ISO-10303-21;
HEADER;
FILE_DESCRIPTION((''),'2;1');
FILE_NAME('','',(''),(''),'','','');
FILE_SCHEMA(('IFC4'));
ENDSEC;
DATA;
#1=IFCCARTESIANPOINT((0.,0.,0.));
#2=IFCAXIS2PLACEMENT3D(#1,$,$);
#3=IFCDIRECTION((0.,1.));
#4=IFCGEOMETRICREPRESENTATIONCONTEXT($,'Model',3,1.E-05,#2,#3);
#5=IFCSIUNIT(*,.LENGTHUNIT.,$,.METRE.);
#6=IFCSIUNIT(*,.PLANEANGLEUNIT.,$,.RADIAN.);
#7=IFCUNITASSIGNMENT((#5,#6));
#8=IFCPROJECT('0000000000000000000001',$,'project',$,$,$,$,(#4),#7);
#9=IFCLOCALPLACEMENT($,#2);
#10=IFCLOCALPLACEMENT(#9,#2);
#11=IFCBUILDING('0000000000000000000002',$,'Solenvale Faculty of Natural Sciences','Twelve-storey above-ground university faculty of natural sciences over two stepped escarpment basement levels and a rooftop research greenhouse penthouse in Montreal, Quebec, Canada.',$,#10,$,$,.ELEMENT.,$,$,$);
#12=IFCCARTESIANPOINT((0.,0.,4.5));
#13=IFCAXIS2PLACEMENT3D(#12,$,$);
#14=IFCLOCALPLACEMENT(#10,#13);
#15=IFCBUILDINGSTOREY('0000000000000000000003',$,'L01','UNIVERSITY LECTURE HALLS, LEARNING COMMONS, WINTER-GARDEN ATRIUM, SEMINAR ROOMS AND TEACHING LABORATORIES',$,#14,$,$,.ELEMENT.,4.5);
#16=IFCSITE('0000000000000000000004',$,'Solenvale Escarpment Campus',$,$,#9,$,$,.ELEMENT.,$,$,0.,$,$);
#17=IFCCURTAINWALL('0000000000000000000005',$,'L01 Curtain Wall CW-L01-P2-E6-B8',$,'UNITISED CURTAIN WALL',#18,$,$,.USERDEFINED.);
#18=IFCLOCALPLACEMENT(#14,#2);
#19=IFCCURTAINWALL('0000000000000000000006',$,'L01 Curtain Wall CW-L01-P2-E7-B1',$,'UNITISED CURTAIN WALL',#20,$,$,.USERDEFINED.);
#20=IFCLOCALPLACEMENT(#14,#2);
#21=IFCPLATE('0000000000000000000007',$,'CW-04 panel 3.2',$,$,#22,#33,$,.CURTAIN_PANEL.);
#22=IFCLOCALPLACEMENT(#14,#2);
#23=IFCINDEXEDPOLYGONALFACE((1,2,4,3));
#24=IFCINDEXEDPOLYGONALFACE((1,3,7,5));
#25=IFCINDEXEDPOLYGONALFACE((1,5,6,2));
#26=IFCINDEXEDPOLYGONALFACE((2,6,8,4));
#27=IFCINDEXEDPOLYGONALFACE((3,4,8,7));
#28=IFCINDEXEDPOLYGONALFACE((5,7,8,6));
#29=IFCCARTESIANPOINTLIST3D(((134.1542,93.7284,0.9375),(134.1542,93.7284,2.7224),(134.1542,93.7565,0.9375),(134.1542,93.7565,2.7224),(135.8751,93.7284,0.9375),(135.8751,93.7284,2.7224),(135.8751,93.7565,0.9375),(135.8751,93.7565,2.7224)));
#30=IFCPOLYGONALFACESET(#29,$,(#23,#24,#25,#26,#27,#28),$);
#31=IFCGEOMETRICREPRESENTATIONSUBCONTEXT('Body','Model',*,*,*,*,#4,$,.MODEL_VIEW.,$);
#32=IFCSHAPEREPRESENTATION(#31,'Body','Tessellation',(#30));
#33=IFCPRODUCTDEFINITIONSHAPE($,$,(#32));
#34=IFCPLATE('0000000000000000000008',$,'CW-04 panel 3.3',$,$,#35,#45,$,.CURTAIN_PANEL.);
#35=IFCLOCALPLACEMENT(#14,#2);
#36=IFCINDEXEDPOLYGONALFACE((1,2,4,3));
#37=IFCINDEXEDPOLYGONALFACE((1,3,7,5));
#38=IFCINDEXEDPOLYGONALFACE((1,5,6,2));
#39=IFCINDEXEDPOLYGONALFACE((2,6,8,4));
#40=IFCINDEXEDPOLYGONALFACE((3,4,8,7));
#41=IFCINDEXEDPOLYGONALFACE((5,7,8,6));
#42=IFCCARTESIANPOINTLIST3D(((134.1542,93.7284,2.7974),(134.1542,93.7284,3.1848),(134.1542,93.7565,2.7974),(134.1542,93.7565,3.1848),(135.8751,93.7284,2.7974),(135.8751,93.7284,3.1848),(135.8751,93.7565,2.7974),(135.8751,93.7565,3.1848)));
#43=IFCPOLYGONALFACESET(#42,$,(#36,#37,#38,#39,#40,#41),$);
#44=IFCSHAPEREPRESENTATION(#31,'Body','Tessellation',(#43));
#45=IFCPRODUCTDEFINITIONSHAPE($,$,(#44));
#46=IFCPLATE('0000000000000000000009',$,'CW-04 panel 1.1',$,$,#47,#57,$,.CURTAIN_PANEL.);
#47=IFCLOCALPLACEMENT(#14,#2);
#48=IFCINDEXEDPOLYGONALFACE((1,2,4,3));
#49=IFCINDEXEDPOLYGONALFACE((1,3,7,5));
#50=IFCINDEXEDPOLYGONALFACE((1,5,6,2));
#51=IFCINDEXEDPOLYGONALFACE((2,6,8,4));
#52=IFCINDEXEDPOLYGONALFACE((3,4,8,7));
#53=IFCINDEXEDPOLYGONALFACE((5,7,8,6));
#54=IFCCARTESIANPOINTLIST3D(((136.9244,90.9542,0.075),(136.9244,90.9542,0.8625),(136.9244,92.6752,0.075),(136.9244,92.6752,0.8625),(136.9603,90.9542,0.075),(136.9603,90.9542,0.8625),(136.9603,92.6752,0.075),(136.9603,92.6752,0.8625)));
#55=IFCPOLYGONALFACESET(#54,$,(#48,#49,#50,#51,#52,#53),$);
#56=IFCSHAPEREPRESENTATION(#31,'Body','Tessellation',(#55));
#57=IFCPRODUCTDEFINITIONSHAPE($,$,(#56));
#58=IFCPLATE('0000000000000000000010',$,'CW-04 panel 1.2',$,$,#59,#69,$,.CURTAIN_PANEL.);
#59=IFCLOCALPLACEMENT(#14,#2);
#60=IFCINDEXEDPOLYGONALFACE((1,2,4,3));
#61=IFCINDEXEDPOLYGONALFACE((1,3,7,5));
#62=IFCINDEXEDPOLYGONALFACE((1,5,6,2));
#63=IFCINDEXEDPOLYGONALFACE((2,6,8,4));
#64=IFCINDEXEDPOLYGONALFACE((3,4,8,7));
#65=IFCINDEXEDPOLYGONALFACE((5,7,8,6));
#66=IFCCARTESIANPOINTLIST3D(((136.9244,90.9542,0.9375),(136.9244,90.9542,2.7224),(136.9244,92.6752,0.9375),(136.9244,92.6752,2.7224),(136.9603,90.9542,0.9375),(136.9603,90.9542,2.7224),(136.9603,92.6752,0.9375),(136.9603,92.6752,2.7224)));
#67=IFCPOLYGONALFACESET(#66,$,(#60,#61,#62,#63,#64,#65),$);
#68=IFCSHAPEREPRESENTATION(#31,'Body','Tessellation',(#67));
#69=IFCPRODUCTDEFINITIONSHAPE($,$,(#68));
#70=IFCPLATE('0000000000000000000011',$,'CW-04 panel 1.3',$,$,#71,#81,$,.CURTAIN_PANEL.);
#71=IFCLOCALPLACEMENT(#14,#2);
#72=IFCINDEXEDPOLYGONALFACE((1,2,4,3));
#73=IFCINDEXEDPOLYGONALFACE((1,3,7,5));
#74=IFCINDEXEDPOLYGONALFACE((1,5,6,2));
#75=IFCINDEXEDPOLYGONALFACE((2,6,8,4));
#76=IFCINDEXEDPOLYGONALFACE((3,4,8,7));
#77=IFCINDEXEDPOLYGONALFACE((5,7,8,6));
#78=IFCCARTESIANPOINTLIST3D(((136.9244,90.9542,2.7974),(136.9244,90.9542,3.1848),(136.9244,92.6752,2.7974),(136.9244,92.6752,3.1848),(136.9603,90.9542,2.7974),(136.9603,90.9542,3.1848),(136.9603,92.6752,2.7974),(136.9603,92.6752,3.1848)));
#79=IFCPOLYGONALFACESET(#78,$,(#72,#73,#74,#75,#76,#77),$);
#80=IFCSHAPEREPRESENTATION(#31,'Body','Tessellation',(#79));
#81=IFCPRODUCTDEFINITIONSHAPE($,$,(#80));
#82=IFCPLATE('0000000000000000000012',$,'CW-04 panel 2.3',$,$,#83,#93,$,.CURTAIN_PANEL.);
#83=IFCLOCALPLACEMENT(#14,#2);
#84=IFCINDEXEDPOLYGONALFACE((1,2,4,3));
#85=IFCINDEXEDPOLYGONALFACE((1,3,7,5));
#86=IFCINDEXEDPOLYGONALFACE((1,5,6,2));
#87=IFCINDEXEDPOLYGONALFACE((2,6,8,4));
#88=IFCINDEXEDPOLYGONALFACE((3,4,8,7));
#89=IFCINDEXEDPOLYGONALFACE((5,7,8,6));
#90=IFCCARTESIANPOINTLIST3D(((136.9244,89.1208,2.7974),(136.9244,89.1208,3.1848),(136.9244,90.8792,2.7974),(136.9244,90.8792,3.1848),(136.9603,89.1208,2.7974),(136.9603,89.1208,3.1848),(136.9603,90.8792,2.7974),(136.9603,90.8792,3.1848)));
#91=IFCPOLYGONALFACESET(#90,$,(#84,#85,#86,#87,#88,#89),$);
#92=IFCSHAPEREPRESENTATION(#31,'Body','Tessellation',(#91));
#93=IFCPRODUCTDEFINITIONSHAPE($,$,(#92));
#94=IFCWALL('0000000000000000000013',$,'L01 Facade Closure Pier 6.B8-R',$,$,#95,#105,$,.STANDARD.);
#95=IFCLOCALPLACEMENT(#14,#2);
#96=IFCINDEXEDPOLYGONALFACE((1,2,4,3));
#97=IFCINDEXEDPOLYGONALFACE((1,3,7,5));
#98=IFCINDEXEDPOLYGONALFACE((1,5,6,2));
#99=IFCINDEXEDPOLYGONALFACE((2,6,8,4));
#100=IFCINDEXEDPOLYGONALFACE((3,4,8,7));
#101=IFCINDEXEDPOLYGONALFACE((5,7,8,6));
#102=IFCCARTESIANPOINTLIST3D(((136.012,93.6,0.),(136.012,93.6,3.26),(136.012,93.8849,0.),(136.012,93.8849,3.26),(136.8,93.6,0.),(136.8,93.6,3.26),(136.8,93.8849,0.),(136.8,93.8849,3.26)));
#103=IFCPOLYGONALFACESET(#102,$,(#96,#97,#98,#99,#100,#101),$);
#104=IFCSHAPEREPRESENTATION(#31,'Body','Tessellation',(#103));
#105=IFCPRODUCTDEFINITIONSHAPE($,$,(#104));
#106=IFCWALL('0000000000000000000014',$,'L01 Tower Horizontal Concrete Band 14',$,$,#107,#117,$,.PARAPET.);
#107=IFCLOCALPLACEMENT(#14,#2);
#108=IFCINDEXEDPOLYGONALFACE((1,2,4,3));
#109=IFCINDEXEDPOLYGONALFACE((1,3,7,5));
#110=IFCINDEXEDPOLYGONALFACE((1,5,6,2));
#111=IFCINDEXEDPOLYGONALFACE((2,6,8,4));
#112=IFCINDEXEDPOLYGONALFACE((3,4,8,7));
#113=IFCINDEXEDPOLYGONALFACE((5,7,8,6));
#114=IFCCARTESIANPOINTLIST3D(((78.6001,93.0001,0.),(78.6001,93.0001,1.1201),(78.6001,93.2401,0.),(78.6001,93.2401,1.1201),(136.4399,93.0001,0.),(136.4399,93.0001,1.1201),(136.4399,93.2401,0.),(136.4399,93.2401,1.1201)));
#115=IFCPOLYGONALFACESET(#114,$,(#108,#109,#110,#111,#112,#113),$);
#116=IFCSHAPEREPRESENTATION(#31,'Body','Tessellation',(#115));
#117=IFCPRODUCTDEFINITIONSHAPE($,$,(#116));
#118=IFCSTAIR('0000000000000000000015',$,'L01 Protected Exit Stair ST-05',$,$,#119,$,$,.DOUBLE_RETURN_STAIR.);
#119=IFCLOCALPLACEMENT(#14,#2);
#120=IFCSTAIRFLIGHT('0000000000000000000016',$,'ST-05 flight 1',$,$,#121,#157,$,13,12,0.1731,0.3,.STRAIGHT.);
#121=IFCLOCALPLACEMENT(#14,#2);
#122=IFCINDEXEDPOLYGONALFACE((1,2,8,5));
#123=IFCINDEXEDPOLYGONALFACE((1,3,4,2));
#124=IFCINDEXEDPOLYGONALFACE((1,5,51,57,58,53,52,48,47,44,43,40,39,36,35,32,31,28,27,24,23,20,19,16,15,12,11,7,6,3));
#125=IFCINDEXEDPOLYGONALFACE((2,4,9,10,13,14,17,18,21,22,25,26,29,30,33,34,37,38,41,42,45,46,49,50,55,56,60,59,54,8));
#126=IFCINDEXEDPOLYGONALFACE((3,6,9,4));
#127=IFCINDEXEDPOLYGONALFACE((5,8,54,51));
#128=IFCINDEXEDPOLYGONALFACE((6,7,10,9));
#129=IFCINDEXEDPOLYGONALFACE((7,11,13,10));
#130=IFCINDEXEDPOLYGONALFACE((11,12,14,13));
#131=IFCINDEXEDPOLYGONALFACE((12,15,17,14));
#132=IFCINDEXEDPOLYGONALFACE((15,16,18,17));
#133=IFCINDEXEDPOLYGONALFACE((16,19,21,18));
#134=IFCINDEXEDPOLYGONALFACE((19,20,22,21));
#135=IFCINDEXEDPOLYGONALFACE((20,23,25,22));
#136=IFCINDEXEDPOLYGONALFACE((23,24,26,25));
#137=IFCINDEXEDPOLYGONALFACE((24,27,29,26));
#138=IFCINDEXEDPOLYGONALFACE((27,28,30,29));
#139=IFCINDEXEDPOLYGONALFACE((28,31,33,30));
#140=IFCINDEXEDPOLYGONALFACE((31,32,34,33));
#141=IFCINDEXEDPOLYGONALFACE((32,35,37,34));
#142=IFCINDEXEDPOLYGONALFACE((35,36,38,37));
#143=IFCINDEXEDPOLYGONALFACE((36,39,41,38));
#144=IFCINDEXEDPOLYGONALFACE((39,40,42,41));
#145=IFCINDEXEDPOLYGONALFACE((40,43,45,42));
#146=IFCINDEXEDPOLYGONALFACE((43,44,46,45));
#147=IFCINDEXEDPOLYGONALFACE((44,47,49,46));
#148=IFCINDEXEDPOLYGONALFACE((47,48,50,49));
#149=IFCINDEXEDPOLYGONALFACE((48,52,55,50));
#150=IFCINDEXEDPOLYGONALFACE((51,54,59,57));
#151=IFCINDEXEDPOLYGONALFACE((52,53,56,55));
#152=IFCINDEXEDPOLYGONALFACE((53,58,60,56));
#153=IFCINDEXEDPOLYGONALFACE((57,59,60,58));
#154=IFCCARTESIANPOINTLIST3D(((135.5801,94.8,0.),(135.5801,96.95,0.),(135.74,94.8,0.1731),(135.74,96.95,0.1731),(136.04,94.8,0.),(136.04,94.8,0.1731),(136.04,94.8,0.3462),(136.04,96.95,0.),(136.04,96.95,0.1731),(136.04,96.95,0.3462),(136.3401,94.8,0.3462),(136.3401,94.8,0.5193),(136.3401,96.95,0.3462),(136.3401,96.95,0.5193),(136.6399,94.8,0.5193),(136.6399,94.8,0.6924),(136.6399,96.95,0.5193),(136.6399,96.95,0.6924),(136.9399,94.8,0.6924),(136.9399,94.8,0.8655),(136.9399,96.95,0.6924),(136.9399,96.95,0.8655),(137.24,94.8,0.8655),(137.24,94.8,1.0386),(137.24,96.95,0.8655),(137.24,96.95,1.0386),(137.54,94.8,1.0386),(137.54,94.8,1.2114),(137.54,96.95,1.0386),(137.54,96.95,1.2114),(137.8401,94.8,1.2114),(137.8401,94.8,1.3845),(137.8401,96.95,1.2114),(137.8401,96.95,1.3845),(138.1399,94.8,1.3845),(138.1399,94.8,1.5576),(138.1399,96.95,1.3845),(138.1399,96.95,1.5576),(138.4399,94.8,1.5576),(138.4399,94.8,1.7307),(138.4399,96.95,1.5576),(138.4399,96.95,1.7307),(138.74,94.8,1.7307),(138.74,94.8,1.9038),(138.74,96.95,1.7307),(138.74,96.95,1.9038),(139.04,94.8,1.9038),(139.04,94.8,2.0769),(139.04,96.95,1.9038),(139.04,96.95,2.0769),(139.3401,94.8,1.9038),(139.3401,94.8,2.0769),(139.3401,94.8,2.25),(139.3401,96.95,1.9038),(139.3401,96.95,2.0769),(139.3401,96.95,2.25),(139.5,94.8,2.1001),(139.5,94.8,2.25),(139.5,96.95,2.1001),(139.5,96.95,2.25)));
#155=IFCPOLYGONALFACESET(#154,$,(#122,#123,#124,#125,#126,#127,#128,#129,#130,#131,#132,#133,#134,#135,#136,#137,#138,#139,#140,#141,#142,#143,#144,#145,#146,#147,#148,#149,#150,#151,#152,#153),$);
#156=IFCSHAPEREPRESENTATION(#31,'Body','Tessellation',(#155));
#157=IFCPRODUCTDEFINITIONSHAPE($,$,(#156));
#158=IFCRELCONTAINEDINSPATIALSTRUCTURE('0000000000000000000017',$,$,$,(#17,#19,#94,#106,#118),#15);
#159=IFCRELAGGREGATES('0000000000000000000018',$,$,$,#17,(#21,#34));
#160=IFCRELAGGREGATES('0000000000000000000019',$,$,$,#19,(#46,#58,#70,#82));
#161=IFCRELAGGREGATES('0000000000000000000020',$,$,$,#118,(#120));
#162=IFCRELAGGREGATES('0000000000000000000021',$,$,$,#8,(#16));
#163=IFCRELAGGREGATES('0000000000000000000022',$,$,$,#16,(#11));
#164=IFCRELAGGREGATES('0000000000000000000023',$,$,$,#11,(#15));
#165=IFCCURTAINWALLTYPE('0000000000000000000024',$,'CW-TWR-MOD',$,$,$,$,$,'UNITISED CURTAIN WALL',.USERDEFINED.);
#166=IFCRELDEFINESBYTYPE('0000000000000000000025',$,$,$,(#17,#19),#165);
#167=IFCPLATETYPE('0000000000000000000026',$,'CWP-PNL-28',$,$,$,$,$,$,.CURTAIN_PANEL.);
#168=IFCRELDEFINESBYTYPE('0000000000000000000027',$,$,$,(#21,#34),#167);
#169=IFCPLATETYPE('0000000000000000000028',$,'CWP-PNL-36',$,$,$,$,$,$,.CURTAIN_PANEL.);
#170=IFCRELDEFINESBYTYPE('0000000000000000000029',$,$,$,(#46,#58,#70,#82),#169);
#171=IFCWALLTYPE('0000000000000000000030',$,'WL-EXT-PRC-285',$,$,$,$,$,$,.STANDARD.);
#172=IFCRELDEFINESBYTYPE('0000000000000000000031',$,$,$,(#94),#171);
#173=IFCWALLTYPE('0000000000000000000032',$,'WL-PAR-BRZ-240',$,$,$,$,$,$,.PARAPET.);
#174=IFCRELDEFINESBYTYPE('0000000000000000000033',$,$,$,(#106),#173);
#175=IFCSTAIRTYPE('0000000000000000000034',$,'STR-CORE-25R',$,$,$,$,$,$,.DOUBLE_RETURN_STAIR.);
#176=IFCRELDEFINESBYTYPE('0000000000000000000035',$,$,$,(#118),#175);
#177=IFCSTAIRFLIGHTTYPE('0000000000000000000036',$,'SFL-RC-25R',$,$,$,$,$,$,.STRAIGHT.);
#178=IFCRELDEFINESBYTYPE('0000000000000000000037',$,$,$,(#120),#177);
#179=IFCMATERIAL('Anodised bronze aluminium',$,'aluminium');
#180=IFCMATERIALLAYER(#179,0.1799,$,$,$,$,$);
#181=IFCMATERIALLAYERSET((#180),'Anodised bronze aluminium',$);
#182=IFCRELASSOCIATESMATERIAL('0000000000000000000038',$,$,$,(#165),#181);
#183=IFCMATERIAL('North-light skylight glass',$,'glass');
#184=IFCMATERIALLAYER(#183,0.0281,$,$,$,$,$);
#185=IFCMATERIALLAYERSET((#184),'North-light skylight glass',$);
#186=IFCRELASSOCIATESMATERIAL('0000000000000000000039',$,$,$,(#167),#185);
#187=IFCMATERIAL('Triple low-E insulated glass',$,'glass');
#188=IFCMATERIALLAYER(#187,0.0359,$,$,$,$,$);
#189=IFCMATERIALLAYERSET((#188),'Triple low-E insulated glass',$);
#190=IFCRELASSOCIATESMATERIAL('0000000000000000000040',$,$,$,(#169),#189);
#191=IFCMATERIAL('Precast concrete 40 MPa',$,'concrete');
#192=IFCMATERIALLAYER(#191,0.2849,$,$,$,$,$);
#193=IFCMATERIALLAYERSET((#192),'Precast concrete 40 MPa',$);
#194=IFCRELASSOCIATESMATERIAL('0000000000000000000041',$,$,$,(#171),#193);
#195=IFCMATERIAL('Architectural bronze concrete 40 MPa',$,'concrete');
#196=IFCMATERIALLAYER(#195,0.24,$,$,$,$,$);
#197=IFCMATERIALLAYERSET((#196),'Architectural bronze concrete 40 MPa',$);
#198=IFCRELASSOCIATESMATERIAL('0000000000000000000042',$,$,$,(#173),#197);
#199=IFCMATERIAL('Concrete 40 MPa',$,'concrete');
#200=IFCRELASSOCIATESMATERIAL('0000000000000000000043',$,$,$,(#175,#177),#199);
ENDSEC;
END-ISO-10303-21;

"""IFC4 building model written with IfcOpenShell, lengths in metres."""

from ifc_helpers import new_model, si_unit, direction, frame, frame_2d, origin, origin_2d, place, context, subcontext, project, spatial, polyline, rectangle, outline, extrude, material, layer, layer_set, type_object, element, aggregate, save


model = new_model("IFC4")

# Units and contexts
model_context = context("Model", 3, precision=1e-05, world=origin(), true_north=direction((0.0, 1.0)))
body_context = subcontext(model_context, "Body", "Model", "MODEL_VIEW")
ifc_project = project(units=[si_unit("LENGTHUNIT", "METRE"), si_unit("PLANEANGLEUNIT", "RADIAN")], contexts=[model_context])

# Site, building, storey
site_placement = place(None, origin())
site = spatial("IfcSite", under=ifc_project, at=site_placement, Name="Solenvale Escarpment Campus", CompositionType="ELEMENT", RefElevation=0.0)
building_placement = place(site_placement, origin())
building = spatial("IfcBuilding", under=site, at=building_placement, Name="Solenvale Faculty of Natural Sciences", Description="Twelve-storey above-ground university faculty of natural sciences over two stepped escarpment basement levels and a rooftop research greenhouse penthouse in Montreal, Quebec, Canada.", CompositionType="ELEMENT")
storey_placement = place(building_placement, frame((0.0, 0.0, 4.5)))
storey = spatial("IfcBuildingStorey", under=building, at=storey_placement, Name="L01", Description="UNIVERSITY LECTURE HALLS, LEARNING COMMONS, WINTER-GARDEN ATRIUM, SEMINAR ROOMS AND TEACHING LABORATORIES", CompositionType="ELEMENT", Elevation=4.5)

# Curtain walls
ifc_material_1 = material(Name="Anodised bronze aluminium", Category="aluminium")
ifc_layer_1 = layer(ifc_material_1, 0.1799)
ifc_layer_set_1 = layer_set([ifc_layer_1], Name="Anodised bronze aluminium")
curtain_wall_type = type_object("IfcCurtainWallType", Name="CW-TWR-MOD", ElementType="UNITISED CURTAIN WALL", PredefinedType="USERDEFINED", material=ifc_layer_set_1)
curtain_wall_1_placement = place(storey_placement, origin())
curtain_wall_1 = element("IfcCurtainWall", 1, at=curtain_wall_1_placement, inside=storey, type_object=curtain_wall_type, Name="L01 Curtain Wall CW-L01-P2-E6-B8", ObjectType="UNITISED CURTAIN WALL", PredefinedType="USERDEFINED")
curtain_wall_2_placement = place(storey_placement, origin())
curtain_wall_2 = element("IfcCurtainWall", 2, at=curtain_wall_2_placement, inside=storey, type_object=curtain_wall_type, Name="L01 Curtain Wall CW-L01-P2-E7-B1", ObjectType="UNITISED CURTAIN WALL", PredefinedType="USERDEFINED")

# Plates
ifc_material_2 = material(Name="North-light skylight glass", Category="glass")
ifc_layer_2 = layer(ifc_material_2, 0.0281)
ifc_layer_set_2 = layer_set([ifc_layer_2], Name="North-light skylight glass")
plate_type_1 = type_object("IfcPlateType", Name="CWP-PNL-28", PredefinedType="CURTAIN_PANEL", material=ifc_layer_set_2)
plate_1_placement = place(storey_placement, frame((135.0146, 93.7424, 0.9375), z_axis=(0.0, 0.0, 1.0), x_axis=(1.0, 0.0, 0.0)))
plate_1 = element("IfcPlate", 3, at=plate_1_placement, type_object=plate_type_1, Name="CW-04 panel 3.2", PredefinedType="CURTAIN_PANEL", context=body_context, shape_type="SweptSolid", body=[
    extrude(rectangle(XDim=1.7209, YDim=0.0281, at=origin_2d()), origin(), (0.0, 0.0, 1.0), 1.7849),
])
plate_2_placement = place(storey_placement, frame((135.0146, 93.7424, 2.7974), z_axis=(0.0, 0.0, 1.0), x_axis=(1.0, 0.0, 0.0)))
plate_2 = element("IfcPlate", 4, at=plate_2_placement, type_object=plate_type_1, Name="CW-04 panel 3.3", PredefinedType="CURTAIN_PANEL", context=body_context, shape_type="SweptSolid", body=[
    extrude(rectangle(XDim=1.7209, YDim=0.0281, at=origin_2d()), origin(), (0.0, 0.0, 1.0), 0.3875),
])
aggregate(curtain_wall_1, [plate_1, plate_2])
ifc_material_3 = material(Name="Triple low-E insulated glass", Category="glass")
ifc_layer_3 = layer(ifc_material_3, 0.0359)
ifc_layer_set_3 = layer_set([ifc_layer_3], Name="Triple low-E insulated glass")
plate_type_2 = type_object("IfcPlateType", Name="CWP-PNL-36", PredefinedType="CURTAIN_PANEL", material=ifc_layer_set_3)
plate_3_placement = place(storey_placement, frame((136.9424, 91.8147, 0.075), z_axis=(0.0, 0.0, 1.0), x_axis=(0.0, -1.0, 0.0)))
plate_3 = element("IfcPlate", 5, at=plate_3_placement, type_object=plate_type_2, Name="CW-04 panel 1.1", PredefinedType="CURTAIN_PANEL", context=body_context, shape_type="SweptSolid", body=[
    extrude(rectangle(XDim=1.7209, YDim=0.0359, at=origin_2d()), origin(), (0.0, 0.0, 1.0), 0.7876),
])
plate_4_placement = place(storey_placement, frame((136.9424, 91.8147, 0.9375), z_axis=(0.0, 0.0, 1.0), x_axis=(0.0, -1.0, 0.0)))
plate_4 = element("IfcPlate", 6, at=plate_4_placement, type_object=plate_type_2, Name="CW-04 panel 1.2", PredefinedType="CURTAIN_PANEL", context=body_context, shape_type="SweptSolid", body=[
    extrude(rectangle(XDim=1.7209, YDim=0.0359, at=origin_2d()), origin(), (0.0, 0.0, 1.0), 1.7849),
])
plate_5_placement = place(storey_placement, frame((136.9424, 91.8147, 2.7974), z_axis=(0.0, 0.0, 1.0), x_axis=(0.0, -1.0, 0.0)))
plate_5 = element("IfcPlate", 7, at=plate_5_placement, type_object=plate_type_2, Name="CW-04 panel 1.3", PredefinedType="CURTAIN_PANEL", context=body_context, shape_type="SweptSolid", body=[
    extrude(rectangle(XDim=1.7209, YDim=0.0359, at=origin_2d()), origin(), (0.0, 0.0, 1.0), 0.3875),
])
plate_6_placement = place(storey_placement, frame((136.9424, 90.0, 2.7974), z_axis=(0.0, 0.0, 1.0), x_axis=(0.0, -1.0, 0.0)))
plate_6 = element("IfcPlate", 8, at=plate_6_placement, type_object=plate_type_2, Name="CW-04 panel 2.3", PredefinedType="CURTAIN_PANEL", context=body_context, shape_type="SweptSolid", body=[
    extrude(rectangle(XDim=1.7583, YDim=0.0359, at=origin_2d()), origin(), (0.0, 0.0, 1.0), 0.3875),
])
aggregate(curtain_wall_2, [plate_3, plate_4, plate_5, plate_6])

# Walls
ifc_material_4 = material(Name="Precast concrete 40 MPa", Category="concrete")
ifc_layer_4 = layer(ifc_material_4, 0.2849)
ifc_layer_set_4 = layer_set([ifc_layer_4], Name="Precast concrete 40 MPa")
wall_type_1 = type_object("IfcWallType", Name="WL-EXT-PRC-285", PredefinedType="STANDARD", material=ifc_layer_set_4)
wall_1_placement = place(storey_placement, frame((136.012, 93.7424, 0.0), z_axis=(0.0, 0.0, 1.0), x_axis=(1.0, 0.0, 0.0)))
element("IfcWall", 9, at=wall_1_placement, inside=storey, type_object=wall_type_1, Name="L01 Facade Closure Pier 6.B8-R", PredefinedType="STANDARD", context=body_context, shape_type="SweptSolid", body=[
    extrude(rectangle(XDim=0.7881, YDim=0.2849, at=frame_2d((0.394, 0.0))), origin(), (0.0, 0.0, 1.0), 3.26),
])
ifc_material_5 = material(Name="Architectural bronze concrete 40 MPa", Category="concrete")
ifc_layer_5 = layer(ifc_material_5, 0.24)
ifc_layer_set_5 = layer_set([ifc_layer_5], Name="Architectural bronze concrete 40 MPa")
wall_type_2 = type_object("IfcWallType", Name="WL-PAR-BRZ-240", PredefinedType="PARAPET", material=ifc_layer_set_5)
wall_2_placement = place(storey_placement, frame((136.4399, 93.1201, 0.0), z_axis=(0.0, 0.0, 1.0), x_axis=(-1.0, 0.0, 0.0)))
element("IfcWall", 10, at=wall_2_placement, inside=storey, type_object=wall_type_2, Name="L01 Tower Horizontal Concrete Band 14", PredefinedType="PARAPET", context=body_context, shape_type="SweptSolid", body=[
    extrude(rectangle(XDim=57.8398, YDim=0.24, at=frame_2d((28.9199, 0.0))), origin(), (0.0, 0.0, 1.0), 1.1201),
])

# Stair, stair flight
ifc_material_6 = material(Name="Concrete 40 MPa", Category="concrete")
stair_type = type_object("IfcStairType", Name="STR-CORE-25R", PredefinedType="DOUBLE_RETURN_STAIR", material=ifc_material_6)
stair_placement = place(storey_placement, origin())
stair = element("IfcStair", 11, at=stair_placement, inside=storey, type_object=stair_type, Name="L01 Protected Exit Stair ST-05", PredefinedType="DOUBLE_RETURN_STAIR")
stair_flight_type = type_object("IfcStairFlightType", Name="SFL-RC-25R", PredefinedType="STRAIGHT", material=ifc_material_6)
stair_flight_placement = place(storey_placement, frame((135.74, 95.875, 0.0), z_axis=(0.0, 0.0, 1.0), x_axis=(1.0, 0.0, 0.0)))
stair_flight = element("IfcStairFlight", 12, at=stair_flight_placement, type_object=stair_flight_type, Name="ST-05 flight 1", NumberOfRisers=13, NumberOfTreads=12, PredefinedType="STRAIGHT", RiserHeight=0.1731, TreadLength=0.3, context=body_context, shape_type="SweptSolid", body=[
    extrude(outline(polyline([(-0.1599, 0.0), (0.0, 0.1731), (0.3, 0.1731), (0.3, 0.3462), (0.6001, 0.3462), (0.6001, 0.5193), (0.8999, 0.5193), (0.8999, 0.6924), (1.2, 0.6924), (1.2, 0.8655), (1.5, 0.8655), (1.5, 1.0386), (1.8, 1.0386), (1.8, 1.2114), (2.1001, 1.2114), (2.1001, 1.3845), (2.3999, 1.3845), (2.3999, 1.5576), (2.7, 1.5576), (2.7, 1.7307), (3.0, 1.7307), (3.0, 1.9038), (3.3, 1.9038), (3.3, 2.0769), (3.6001, 2.0769), (3.6001, 2.25), (3.76, 2.25), (3.76, 2.1001), (3.6001, 1.9038), (0.3, 0.0), (-0.1599, 0.0)])), frame((0.0, 1.075, 0.0), z_axis=(0.0, -1.0, 0.0), x_axis=(1.0, 0.0, 0.0)), (0.0, 0.0, 1.0), 2.1499),
])
aggregate(stair, [stair_flight])

save(model, "model.ifc")
